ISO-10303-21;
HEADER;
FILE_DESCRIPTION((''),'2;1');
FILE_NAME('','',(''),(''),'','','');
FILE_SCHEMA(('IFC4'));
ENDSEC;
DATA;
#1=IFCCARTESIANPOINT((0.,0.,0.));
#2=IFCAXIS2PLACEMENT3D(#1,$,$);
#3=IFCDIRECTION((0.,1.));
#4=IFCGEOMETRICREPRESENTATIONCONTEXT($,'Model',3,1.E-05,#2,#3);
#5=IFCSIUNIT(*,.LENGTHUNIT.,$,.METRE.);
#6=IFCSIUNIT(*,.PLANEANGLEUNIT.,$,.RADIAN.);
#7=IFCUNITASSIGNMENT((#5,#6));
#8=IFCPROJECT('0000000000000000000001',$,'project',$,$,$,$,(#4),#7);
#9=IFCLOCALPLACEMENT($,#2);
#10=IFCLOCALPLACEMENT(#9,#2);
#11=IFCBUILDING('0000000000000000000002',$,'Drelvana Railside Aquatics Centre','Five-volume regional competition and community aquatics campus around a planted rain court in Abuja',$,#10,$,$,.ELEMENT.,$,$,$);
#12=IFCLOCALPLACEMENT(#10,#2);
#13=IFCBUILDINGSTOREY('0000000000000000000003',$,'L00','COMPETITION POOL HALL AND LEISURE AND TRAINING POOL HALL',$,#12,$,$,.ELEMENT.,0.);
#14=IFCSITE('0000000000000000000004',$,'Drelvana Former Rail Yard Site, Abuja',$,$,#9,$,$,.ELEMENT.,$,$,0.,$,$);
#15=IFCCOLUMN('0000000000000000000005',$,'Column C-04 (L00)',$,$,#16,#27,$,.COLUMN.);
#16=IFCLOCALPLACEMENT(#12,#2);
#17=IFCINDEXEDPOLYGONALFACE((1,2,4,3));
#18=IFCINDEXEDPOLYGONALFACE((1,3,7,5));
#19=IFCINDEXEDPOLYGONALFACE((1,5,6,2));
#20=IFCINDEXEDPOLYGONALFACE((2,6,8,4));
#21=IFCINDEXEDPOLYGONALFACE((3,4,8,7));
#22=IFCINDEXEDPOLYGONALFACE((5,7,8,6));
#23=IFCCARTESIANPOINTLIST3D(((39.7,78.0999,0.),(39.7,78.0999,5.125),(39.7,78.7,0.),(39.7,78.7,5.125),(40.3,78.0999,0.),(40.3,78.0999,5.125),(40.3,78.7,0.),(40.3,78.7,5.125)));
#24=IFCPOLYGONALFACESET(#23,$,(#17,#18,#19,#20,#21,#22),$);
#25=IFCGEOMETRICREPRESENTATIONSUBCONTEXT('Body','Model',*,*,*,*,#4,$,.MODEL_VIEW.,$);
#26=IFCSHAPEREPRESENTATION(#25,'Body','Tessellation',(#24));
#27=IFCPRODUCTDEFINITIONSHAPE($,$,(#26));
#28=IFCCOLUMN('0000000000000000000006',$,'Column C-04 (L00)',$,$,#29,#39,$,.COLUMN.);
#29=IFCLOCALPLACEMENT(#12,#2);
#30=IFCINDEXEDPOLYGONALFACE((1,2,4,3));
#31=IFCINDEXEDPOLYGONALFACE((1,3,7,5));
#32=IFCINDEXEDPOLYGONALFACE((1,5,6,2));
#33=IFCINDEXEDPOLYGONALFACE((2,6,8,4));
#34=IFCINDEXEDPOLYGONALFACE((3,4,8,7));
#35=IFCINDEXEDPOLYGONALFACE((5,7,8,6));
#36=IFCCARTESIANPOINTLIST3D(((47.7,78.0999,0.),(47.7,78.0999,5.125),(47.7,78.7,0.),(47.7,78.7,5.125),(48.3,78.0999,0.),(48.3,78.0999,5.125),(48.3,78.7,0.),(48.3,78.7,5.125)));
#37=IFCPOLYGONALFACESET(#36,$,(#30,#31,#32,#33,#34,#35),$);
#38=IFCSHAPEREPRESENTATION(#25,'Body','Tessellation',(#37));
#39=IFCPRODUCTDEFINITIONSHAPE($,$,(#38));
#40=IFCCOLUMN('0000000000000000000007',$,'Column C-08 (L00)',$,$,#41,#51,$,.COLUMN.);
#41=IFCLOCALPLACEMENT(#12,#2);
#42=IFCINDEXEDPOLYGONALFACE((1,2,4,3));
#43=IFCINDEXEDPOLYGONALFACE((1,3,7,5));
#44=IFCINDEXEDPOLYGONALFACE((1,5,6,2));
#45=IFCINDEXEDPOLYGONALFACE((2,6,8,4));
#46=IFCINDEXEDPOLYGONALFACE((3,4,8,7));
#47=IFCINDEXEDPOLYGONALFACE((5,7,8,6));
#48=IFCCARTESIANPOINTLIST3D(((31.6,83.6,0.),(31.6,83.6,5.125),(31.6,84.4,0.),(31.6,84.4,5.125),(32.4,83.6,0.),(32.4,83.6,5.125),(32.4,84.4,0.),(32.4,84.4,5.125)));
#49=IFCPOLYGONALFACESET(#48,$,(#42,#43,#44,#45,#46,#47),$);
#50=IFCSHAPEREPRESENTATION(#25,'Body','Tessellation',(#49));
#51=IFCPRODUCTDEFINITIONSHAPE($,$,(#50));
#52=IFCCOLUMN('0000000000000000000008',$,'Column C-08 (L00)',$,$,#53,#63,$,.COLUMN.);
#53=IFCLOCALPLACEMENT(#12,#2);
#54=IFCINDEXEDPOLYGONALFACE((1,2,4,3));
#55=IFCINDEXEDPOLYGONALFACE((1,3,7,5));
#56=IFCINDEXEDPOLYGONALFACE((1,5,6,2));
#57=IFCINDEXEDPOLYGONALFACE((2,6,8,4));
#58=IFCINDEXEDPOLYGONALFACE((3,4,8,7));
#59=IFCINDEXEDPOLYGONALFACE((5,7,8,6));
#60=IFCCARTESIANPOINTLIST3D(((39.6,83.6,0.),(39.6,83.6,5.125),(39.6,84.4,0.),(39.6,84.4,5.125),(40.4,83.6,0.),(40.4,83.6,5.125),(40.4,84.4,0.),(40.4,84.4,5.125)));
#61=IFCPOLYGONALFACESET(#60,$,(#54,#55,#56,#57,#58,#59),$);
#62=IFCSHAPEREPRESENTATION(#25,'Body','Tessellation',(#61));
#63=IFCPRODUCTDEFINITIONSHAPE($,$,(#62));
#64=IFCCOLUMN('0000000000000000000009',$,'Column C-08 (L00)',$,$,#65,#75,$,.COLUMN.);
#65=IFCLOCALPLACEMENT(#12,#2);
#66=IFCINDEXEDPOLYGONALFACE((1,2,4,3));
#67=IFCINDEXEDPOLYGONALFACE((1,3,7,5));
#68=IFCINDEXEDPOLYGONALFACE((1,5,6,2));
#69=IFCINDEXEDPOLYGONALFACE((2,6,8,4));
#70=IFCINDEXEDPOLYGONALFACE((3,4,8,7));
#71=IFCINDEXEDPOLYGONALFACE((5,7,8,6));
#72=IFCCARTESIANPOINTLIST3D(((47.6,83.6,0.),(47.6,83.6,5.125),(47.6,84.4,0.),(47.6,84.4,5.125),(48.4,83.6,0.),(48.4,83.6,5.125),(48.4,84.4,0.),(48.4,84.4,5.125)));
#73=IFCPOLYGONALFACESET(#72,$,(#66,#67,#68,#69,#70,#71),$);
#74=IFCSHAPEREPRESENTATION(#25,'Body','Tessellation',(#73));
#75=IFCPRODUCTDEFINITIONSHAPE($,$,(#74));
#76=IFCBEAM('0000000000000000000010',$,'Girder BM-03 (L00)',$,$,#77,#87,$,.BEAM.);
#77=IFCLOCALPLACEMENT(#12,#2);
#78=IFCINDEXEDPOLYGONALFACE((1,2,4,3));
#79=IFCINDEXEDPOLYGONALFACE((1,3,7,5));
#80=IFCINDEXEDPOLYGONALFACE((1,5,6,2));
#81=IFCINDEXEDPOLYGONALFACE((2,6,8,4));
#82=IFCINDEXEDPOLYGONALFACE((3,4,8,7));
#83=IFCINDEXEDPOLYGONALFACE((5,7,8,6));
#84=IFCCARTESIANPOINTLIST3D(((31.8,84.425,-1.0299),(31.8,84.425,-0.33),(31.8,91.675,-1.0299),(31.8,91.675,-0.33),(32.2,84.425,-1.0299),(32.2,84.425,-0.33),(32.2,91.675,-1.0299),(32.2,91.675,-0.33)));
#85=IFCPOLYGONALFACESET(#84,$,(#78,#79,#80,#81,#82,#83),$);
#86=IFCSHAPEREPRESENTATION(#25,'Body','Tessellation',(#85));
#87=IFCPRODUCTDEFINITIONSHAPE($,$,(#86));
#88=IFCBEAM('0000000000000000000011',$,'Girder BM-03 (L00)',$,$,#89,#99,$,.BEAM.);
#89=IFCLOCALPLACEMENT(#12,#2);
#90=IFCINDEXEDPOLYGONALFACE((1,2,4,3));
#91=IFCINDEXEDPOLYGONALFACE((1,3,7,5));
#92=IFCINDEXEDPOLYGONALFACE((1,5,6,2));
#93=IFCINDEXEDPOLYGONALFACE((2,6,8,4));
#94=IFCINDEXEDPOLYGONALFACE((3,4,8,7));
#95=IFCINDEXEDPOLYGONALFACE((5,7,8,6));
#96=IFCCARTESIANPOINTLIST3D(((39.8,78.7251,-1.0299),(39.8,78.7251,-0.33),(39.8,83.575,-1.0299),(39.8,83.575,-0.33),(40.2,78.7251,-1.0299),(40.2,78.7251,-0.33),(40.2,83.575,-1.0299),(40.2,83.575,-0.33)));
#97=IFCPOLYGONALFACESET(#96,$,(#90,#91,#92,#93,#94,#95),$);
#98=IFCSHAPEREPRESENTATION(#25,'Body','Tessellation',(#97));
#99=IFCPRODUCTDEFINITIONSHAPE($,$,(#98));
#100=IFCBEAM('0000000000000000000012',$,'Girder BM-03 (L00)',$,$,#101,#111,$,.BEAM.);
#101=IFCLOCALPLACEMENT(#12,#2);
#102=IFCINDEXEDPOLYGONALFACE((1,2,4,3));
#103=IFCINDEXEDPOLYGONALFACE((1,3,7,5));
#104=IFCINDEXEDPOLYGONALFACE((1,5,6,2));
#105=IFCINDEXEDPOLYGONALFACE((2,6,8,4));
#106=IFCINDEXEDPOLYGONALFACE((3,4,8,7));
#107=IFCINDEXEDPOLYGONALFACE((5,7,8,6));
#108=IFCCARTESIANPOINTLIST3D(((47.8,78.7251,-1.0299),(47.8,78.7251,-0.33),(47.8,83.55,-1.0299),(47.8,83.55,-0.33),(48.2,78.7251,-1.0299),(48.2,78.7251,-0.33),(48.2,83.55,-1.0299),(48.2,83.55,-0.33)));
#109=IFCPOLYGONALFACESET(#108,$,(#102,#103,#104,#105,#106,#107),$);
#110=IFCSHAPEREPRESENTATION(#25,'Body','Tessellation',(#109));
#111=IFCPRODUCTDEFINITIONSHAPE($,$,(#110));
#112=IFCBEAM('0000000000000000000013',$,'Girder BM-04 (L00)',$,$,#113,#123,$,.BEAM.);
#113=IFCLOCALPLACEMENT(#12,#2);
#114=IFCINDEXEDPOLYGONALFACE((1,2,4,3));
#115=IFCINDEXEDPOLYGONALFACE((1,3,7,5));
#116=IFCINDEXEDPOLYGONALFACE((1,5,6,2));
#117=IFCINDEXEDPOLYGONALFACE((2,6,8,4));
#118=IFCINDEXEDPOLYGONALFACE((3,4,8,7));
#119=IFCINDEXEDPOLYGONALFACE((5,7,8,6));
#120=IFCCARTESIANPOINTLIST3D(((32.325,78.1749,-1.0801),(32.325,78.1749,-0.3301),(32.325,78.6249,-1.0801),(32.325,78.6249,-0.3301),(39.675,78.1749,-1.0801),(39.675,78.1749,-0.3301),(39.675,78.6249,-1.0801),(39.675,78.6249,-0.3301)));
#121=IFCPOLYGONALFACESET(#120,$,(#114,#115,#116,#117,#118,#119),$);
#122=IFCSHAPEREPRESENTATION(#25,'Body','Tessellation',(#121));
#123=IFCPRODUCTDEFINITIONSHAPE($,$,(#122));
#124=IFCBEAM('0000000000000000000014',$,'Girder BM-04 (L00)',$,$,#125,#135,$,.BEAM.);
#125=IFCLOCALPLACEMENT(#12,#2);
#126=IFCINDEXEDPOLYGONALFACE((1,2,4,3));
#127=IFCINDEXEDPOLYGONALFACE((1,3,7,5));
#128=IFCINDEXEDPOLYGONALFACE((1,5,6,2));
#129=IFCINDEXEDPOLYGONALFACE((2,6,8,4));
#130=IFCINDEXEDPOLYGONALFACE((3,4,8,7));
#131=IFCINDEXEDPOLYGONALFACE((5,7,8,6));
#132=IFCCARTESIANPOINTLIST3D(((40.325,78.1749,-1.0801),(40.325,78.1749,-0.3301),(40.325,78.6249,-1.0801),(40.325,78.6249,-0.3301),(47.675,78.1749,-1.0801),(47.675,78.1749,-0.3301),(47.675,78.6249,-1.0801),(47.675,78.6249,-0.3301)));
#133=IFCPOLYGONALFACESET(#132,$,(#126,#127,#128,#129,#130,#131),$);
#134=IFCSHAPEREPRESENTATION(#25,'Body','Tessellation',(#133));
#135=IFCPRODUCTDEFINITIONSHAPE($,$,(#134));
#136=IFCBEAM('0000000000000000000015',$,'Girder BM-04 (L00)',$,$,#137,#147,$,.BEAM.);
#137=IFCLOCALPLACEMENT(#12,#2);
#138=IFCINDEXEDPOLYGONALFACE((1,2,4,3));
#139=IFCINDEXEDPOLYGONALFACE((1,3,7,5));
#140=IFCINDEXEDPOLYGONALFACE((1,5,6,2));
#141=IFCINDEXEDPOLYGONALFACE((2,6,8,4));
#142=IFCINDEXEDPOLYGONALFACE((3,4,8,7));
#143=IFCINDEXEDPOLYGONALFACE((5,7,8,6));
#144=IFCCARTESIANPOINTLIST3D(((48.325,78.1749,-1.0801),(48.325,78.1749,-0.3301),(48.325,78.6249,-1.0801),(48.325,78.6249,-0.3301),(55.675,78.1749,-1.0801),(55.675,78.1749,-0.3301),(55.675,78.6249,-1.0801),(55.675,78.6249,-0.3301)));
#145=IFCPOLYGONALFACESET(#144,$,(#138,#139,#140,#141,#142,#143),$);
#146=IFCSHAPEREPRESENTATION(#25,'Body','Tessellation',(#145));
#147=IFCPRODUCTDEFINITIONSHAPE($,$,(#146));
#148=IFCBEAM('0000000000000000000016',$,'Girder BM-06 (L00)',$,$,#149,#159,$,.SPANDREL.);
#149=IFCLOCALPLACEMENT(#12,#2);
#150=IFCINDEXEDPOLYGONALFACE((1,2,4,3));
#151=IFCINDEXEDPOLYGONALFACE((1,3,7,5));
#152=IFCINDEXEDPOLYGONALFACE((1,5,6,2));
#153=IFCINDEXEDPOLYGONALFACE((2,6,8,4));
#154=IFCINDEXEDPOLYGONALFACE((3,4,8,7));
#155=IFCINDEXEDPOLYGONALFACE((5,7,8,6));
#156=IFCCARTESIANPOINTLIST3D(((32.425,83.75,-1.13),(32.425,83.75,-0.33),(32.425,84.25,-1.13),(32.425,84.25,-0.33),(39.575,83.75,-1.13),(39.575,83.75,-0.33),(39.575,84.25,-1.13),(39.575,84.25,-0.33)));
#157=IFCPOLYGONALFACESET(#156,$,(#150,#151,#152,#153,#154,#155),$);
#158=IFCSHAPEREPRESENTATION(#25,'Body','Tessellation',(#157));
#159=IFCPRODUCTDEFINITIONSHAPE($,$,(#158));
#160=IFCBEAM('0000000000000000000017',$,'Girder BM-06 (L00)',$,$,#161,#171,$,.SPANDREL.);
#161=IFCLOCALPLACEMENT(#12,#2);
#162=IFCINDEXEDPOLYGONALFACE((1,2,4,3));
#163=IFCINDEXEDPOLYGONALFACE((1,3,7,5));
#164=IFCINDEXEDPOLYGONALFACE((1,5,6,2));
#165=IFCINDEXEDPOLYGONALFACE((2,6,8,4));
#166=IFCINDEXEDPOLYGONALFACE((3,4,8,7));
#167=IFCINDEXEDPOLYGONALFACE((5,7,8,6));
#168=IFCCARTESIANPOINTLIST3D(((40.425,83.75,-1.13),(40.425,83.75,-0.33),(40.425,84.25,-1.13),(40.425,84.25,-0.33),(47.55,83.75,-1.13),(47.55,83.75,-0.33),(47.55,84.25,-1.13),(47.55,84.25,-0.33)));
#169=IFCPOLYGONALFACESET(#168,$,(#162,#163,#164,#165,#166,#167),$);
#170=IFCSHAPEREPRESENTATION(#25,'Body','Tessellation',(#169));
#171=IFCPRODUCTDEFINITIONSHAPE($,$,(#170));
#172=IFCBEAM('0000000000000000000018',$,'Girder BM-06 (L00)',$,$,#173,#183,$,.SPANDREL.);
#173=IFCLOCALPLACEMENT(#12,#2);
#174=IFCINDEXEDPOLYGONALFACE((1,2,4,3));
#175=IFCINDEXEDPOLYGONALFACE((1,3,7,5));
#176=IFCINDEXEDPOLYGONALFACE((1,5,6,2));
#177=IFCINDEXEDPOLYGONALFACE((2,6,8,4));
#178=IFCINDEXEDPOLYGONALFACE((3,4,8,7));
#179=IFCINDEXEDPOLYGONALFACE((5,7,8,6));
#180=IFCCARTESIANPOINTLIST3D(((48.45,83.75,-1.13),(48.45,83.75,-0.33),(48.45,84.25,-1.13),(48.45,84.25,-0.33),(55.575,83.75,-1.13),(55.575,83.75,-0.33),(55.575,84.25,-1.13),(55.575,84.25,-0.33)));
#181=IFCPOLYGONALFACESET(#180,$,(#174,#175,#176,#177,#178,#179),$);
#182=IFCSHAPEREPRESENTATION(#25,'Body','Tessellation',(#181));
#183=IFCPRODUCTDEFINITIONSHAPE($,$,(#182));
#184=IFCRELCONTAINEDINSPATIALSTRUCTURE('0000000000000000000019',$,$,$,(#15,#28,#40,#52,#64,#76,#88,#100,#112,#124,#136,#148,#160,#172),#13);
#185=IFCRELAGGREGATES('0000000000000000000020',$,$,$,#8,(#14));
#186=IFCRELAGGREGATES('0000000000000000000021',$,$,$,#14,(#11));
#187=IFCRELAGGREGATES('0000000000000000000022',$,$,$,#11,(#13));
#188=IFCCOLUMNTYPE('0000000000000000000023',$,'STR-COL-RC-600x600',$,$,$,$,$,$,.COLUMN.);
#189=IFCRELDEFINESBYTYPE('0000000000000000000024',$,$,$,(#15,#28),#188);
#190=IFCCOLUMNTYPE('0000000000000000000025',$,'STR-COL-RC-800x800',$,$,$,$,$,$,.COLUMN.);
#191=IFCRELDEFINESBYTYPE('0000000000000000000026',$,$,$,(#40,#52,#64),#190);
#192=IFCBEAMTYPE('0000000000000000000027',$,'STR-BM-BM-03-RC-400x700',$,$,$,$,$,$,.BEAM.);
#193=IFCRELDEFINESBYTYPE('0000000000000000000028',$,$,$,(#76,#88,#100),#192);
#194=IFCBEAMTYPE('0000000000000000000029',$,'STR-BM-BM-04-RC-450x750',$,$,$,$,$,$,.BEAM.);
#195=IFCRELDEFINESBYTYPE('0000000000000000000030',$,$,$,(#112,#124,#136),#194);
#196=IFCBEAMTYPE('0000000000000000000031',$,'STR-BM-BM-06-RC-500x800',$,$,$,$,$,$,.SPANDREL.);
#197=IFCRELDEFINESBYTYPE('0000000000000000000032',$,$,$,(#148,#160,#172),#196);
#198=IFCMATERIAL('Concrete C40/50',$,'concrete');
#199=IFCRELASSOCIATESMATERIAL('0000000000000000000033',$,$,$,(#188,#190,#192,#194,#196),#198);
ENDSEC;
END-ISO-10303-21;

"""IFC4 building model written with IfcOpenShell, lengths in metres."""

from ifc_helpers import new_model, si_unit, direction, frame, origin, origin_2d, place, context, subcontext, project, spatial, rectangle, extrude, material, material_profile, profile_set, type_object, element, save


model = new_model("IFC4")

# Units and contexts
model_context = context("Model", 3, precision=1e-05, world=origin(), true_north=direction((0.0, 1.0)))
body_context = subcontext(model_context, "Body", "Model", "MODEL_VIEW")
ifc_project = project(units=[si_unit("LENGTHUNIT", "METRE"), si_unit("PLANEANGLEUNIT", "RADIAN")], contexts=[model_context])

# Site, building, storey
site_placement = place(None, origin())
site = spatial("IfcSite", under=ifc_project, at=site_placement, Name="Drelvana Former Rail Yard Site, Abuja", CompositionType="ELEMENT", RefElevation=0.0)
building_placement = place(site_placement, origin())
building = spatial("IfcBuilding", under=site, at=building_placement, Name="Drelvana Railside Aquatics Centre", Description="Five-volume regional competition and community aquatics campus around a planted rain court in Abuja", CompositionType="ELEMENT")
storey_placement = place(building_placement, origin())
storey = spatial("IfcBuildingStorey", under=building, at=storey_placement, Name="L00", Description="COMPETITION POOL HALL AND LEISURE AND TRAINING POOL HALL", CompositionType="ELEMENT", Elevation=0.0)

# Columns
ifc_material_1 = material(Name="Concrete C40/50", Category="concrete")
ifc_material_profile_1 = material_profile(ifc_material_1, rectangle(XDim=0.6001, YDim=0.6001, at=origin_2d()), Name="RC 600x600")
ifc_profile_set_1 = profile_set([ifc_material_profile_1], Name="Concrete C40/50")
column_type_1 = type_object("IfcColumnType", Name="STR-COL-RC-600x600", PredefinedType="COLUMN", material=ifc_profile_set_1)
for number, where, z_axis, x_axis, name in (
    (1, (40.0, 78.3999, 0.0), (0.0, 0.0, 1.0), (1.0, 0.0, 0.0), "Column C-04 (L00)"),
    (2, (48.0, 78.3999, 0.0), (0.0, 0.0, 1.0), (1.0, 0.0, 0.0), "Column C-04 (L00)"),
):
    element("IfcColumn", number, at=place(storey_placement, frame(where, z_axis=z_axis, x_axis=x_axis)), inside=storey, type_object=column_type_1, Name=name, PredefinedType="COLUMN", context=body_context, shape_type="SweptSolid", body=[
        extrude(rectangle(XDim=0.6001, YDim=0.6001, at=origin_2d()), origin(), (0.0, 0.0, 1.0), 5.125),
    ])
ifc_material_profile_2 = material_profile(ifc_material_1, rectangle(XDim=0.8, YDim=0.8, at=origin_2d()), Name="RC 800x800")
ifc_profile_set_2 = profile_set([ifc_material_profile_2], Name="Concrete C40/50")
column_type_2 = type_object("IfcColumnType", Name="STR-COL-RC-800x800", PredefinedType="COLUMN", material=ifc_profile_set_2)
for number, where, z_axis, x_axis, name in (
    (3, (32.0, 84.0, 0.0), (0.0, 0.0, 1.0), (1.0, 0.0, 0.0), "Column C-08 (L00)"),
    (4, (40.0, 84.0, 0.0), (0.0, 0.0, 1.0), (1.0, 0.0, 0.0), "Column C-08 (L00)"),
    (5, (48.0, 84.0, 0.0), (0.0, 0.0, 1.0), (1.0, 0.0, 0.0), "Column C-08 (L00)"),
):
    element("IfcColumn", number, at=place(storey_placement, frame(where, z_axis=z_axis, x_axis=x_axis)), inside=storey, type_object=column_type_2, Name=name, PredefinedType="COLUMN", context=body_context, shape_type="SweptSolid", body=[
        extrude(rectangle(XDim=0.8, YDim=0.8, at=origin_2d()), origin(), (0.0, 0.0, 1.0), 5.125),
    ])

# Beams
ifc_material_profile_3 = material_profile(ifc_material_1, rectangle(XDim=0.3999, YDim=0.7, at=origin_2d()), Name="RC 400x700")
ifc_profile_set_3 = profile_set([ifc_material_profile_3], Name="Concrete C40/50")
beam_type_1 = type_object("IfcBeamType", Name="STR-BM-BM-03-RC-400x700", PredefinedType="BEAM", material=ifc_profile_set_3)
beam_1_placement = place(storey_placement, frame((32.0, 84.425, -0.6799), z_axis=(0.0, 1.0, 0.0), x_axis=(-1.0, 0.0, 0.0)))
element("IfcBeam", 6, at=beam_1_placement, inside=storey, type_object=beam_type_1, Name="Girder BM-03 (L00)", PredefinedType="BEAM", context=body_context, shape_type="SweptSolid", body=[
    extrude(rectangle(XDim=0.3999, YDim=0.7, at=origin_2d()), origin(), (0.0, 0.0, 1.0), 7.25),
])
beam_2_placement = place(storey_placement, frame((40.0, 78.7251, -0.6799), z_axis=(0.0, 1.0, 0.0), x_axis=(-1.0, 0.0, 0.0)))
element("IfcBeam", 7, at=beam_2_placement, inside=storey, type_object=beam_type_1, Name="Girder BM-03 (L00)", PredefinedType="BEAM", context=body_context, shape_type="SweptSolid", body=[
    extrude(rectangle(XDim=0.3999, YDim=0.7, at=origin_2d()), origin(), (0.0, 0.0, 1.0), 4.8499),
])
beam_3_placement = place(storey_placement, frame((48.0, 78.7251, -0.6799), z_axis=(0.0, 1.0, 0.0), x_axis=(-1.0, 0.0, 0.0)))
element("IfcBeam", 8, at=beam_3_placement, inside=storey, type_object=beam_type_1, Name="Girder BM-03 (L00)", PredefinedType="BEAM", context=body_context, shape_type="SweptSolid", body=[
    extrude(rectangle(XDim=0.3999, YDim=0.7, at=origin_2d()), origin(), (0.0, 0.0, 1.0), 4.825),
])
ifc_material_profile_4 = material_profile(ifc_material_1, rectangle(XDim=0.45, YDim=0.75, at=origin_2d()), Name="RC 450x750")
ifc_profile_set_4 = profile_set([ifc_material_profile_4], Name="Concrete C40/50")
beam_type_2 = type_object("IfcBeamType", Name="STR-BM-BM-04-RC-450x750", PredefinedType="BEAM", material=ifc_profile_set_4)
for number, where, z_axis, x_axis, name in (
    (9, (32.325, 78.3999, -0.7051), (1.0, 0.0, 0.0), (0.0, 1.0, 0.0), "Girder BM-04 (L00)"),
    (10, (40.325, 78.3999, -0.7051), (1.0, 0.0, 0.0), (0.0, 1.0, 0.0), "Girder BM-04 (L00)"),
    (11, (48.325, 78.3999, -0.7051), (1.0, 0.0, 0.0), (0.0, 1.0, 0.0), "Girder BM-04 (L00)"),
):
    element("IfcBeam", number, at=place(storey_placement, frame(where, z_axis=z_axis, x_axis=x_axis)), inside=storey, type_object=beam_type_2, Name=name, PredefinedType="BEAM", context=body_context, shape_type="SweptSolid", body=[
        extrude(rectangle(XDim=0.45, YDim=0.75, at=origin_2d()), origin(), (0.0, 0.0, 1.0), 7.3501),
    ])
ifc_material_profile_5 = material_profile(ifc_material_1, rectangle(XDim=0.5, YDim=0.8, at=origin_2d()), Name="RC 500x800")
ifc_profile_set_5 = profile_set([ifc_material_profile_5], Name="Concrete C40/50")
beam_type_3 = type_object("IfcBeamType", Name="STR-BM-BM-06-RC-500x800", PredefinedType="SPANDREL", material=ifc_profile_set_5)
beam_4_placement = place(storey_placement, frame((32.425, 84.0, -0.73), z_axis=(1.0, 0.0, 0.0), x_axis=(0.0, 1.0, 0.0)))
element("IfcBeam", 12, at=beam_4_placement, inside=storey, type_object=beam_type_3, Name="Girder BM-06 (L00)", PredefinedType="SPANDREL", context=body_context, shape_type="SweptSolid", body=[
    extrude(rectangle(XDim=0.5, YDim=0.8, at=origin_2d()), origin(), (0.0, 0.0, 1.0), 7.1499),
])
for number, where, z_axis, x_axis, name in (
    (13, (40.425, 84.0, -0.73), (1.0, 0.0, 0.0), (0.0, 1.0, 0.0), "Girder BM-06 (L00)"),
    (14, (48.45, 84.0, -0.73), (1.0, 0.0, 0.0), (0.0, 1.0, 0.0), "Girder BM-06 (L00)"),
):
    element("IfcBeam", number, at=place(storey_placement, frame(where, z_axis=z_axis, x_axis=x_axis)), inside=storey, type_object=beam_type_3, Name=name, PredefinedType="SPANDREL", context=body_context, shape_type="SweptSolid", body=[
        extrude(rectangle(XDim=0.5, YDim=0.8, at=origin_2d()), origin(), (0.0, 0.0, 1.0), 7.125),
    ])

save(model, "model.ifc")
